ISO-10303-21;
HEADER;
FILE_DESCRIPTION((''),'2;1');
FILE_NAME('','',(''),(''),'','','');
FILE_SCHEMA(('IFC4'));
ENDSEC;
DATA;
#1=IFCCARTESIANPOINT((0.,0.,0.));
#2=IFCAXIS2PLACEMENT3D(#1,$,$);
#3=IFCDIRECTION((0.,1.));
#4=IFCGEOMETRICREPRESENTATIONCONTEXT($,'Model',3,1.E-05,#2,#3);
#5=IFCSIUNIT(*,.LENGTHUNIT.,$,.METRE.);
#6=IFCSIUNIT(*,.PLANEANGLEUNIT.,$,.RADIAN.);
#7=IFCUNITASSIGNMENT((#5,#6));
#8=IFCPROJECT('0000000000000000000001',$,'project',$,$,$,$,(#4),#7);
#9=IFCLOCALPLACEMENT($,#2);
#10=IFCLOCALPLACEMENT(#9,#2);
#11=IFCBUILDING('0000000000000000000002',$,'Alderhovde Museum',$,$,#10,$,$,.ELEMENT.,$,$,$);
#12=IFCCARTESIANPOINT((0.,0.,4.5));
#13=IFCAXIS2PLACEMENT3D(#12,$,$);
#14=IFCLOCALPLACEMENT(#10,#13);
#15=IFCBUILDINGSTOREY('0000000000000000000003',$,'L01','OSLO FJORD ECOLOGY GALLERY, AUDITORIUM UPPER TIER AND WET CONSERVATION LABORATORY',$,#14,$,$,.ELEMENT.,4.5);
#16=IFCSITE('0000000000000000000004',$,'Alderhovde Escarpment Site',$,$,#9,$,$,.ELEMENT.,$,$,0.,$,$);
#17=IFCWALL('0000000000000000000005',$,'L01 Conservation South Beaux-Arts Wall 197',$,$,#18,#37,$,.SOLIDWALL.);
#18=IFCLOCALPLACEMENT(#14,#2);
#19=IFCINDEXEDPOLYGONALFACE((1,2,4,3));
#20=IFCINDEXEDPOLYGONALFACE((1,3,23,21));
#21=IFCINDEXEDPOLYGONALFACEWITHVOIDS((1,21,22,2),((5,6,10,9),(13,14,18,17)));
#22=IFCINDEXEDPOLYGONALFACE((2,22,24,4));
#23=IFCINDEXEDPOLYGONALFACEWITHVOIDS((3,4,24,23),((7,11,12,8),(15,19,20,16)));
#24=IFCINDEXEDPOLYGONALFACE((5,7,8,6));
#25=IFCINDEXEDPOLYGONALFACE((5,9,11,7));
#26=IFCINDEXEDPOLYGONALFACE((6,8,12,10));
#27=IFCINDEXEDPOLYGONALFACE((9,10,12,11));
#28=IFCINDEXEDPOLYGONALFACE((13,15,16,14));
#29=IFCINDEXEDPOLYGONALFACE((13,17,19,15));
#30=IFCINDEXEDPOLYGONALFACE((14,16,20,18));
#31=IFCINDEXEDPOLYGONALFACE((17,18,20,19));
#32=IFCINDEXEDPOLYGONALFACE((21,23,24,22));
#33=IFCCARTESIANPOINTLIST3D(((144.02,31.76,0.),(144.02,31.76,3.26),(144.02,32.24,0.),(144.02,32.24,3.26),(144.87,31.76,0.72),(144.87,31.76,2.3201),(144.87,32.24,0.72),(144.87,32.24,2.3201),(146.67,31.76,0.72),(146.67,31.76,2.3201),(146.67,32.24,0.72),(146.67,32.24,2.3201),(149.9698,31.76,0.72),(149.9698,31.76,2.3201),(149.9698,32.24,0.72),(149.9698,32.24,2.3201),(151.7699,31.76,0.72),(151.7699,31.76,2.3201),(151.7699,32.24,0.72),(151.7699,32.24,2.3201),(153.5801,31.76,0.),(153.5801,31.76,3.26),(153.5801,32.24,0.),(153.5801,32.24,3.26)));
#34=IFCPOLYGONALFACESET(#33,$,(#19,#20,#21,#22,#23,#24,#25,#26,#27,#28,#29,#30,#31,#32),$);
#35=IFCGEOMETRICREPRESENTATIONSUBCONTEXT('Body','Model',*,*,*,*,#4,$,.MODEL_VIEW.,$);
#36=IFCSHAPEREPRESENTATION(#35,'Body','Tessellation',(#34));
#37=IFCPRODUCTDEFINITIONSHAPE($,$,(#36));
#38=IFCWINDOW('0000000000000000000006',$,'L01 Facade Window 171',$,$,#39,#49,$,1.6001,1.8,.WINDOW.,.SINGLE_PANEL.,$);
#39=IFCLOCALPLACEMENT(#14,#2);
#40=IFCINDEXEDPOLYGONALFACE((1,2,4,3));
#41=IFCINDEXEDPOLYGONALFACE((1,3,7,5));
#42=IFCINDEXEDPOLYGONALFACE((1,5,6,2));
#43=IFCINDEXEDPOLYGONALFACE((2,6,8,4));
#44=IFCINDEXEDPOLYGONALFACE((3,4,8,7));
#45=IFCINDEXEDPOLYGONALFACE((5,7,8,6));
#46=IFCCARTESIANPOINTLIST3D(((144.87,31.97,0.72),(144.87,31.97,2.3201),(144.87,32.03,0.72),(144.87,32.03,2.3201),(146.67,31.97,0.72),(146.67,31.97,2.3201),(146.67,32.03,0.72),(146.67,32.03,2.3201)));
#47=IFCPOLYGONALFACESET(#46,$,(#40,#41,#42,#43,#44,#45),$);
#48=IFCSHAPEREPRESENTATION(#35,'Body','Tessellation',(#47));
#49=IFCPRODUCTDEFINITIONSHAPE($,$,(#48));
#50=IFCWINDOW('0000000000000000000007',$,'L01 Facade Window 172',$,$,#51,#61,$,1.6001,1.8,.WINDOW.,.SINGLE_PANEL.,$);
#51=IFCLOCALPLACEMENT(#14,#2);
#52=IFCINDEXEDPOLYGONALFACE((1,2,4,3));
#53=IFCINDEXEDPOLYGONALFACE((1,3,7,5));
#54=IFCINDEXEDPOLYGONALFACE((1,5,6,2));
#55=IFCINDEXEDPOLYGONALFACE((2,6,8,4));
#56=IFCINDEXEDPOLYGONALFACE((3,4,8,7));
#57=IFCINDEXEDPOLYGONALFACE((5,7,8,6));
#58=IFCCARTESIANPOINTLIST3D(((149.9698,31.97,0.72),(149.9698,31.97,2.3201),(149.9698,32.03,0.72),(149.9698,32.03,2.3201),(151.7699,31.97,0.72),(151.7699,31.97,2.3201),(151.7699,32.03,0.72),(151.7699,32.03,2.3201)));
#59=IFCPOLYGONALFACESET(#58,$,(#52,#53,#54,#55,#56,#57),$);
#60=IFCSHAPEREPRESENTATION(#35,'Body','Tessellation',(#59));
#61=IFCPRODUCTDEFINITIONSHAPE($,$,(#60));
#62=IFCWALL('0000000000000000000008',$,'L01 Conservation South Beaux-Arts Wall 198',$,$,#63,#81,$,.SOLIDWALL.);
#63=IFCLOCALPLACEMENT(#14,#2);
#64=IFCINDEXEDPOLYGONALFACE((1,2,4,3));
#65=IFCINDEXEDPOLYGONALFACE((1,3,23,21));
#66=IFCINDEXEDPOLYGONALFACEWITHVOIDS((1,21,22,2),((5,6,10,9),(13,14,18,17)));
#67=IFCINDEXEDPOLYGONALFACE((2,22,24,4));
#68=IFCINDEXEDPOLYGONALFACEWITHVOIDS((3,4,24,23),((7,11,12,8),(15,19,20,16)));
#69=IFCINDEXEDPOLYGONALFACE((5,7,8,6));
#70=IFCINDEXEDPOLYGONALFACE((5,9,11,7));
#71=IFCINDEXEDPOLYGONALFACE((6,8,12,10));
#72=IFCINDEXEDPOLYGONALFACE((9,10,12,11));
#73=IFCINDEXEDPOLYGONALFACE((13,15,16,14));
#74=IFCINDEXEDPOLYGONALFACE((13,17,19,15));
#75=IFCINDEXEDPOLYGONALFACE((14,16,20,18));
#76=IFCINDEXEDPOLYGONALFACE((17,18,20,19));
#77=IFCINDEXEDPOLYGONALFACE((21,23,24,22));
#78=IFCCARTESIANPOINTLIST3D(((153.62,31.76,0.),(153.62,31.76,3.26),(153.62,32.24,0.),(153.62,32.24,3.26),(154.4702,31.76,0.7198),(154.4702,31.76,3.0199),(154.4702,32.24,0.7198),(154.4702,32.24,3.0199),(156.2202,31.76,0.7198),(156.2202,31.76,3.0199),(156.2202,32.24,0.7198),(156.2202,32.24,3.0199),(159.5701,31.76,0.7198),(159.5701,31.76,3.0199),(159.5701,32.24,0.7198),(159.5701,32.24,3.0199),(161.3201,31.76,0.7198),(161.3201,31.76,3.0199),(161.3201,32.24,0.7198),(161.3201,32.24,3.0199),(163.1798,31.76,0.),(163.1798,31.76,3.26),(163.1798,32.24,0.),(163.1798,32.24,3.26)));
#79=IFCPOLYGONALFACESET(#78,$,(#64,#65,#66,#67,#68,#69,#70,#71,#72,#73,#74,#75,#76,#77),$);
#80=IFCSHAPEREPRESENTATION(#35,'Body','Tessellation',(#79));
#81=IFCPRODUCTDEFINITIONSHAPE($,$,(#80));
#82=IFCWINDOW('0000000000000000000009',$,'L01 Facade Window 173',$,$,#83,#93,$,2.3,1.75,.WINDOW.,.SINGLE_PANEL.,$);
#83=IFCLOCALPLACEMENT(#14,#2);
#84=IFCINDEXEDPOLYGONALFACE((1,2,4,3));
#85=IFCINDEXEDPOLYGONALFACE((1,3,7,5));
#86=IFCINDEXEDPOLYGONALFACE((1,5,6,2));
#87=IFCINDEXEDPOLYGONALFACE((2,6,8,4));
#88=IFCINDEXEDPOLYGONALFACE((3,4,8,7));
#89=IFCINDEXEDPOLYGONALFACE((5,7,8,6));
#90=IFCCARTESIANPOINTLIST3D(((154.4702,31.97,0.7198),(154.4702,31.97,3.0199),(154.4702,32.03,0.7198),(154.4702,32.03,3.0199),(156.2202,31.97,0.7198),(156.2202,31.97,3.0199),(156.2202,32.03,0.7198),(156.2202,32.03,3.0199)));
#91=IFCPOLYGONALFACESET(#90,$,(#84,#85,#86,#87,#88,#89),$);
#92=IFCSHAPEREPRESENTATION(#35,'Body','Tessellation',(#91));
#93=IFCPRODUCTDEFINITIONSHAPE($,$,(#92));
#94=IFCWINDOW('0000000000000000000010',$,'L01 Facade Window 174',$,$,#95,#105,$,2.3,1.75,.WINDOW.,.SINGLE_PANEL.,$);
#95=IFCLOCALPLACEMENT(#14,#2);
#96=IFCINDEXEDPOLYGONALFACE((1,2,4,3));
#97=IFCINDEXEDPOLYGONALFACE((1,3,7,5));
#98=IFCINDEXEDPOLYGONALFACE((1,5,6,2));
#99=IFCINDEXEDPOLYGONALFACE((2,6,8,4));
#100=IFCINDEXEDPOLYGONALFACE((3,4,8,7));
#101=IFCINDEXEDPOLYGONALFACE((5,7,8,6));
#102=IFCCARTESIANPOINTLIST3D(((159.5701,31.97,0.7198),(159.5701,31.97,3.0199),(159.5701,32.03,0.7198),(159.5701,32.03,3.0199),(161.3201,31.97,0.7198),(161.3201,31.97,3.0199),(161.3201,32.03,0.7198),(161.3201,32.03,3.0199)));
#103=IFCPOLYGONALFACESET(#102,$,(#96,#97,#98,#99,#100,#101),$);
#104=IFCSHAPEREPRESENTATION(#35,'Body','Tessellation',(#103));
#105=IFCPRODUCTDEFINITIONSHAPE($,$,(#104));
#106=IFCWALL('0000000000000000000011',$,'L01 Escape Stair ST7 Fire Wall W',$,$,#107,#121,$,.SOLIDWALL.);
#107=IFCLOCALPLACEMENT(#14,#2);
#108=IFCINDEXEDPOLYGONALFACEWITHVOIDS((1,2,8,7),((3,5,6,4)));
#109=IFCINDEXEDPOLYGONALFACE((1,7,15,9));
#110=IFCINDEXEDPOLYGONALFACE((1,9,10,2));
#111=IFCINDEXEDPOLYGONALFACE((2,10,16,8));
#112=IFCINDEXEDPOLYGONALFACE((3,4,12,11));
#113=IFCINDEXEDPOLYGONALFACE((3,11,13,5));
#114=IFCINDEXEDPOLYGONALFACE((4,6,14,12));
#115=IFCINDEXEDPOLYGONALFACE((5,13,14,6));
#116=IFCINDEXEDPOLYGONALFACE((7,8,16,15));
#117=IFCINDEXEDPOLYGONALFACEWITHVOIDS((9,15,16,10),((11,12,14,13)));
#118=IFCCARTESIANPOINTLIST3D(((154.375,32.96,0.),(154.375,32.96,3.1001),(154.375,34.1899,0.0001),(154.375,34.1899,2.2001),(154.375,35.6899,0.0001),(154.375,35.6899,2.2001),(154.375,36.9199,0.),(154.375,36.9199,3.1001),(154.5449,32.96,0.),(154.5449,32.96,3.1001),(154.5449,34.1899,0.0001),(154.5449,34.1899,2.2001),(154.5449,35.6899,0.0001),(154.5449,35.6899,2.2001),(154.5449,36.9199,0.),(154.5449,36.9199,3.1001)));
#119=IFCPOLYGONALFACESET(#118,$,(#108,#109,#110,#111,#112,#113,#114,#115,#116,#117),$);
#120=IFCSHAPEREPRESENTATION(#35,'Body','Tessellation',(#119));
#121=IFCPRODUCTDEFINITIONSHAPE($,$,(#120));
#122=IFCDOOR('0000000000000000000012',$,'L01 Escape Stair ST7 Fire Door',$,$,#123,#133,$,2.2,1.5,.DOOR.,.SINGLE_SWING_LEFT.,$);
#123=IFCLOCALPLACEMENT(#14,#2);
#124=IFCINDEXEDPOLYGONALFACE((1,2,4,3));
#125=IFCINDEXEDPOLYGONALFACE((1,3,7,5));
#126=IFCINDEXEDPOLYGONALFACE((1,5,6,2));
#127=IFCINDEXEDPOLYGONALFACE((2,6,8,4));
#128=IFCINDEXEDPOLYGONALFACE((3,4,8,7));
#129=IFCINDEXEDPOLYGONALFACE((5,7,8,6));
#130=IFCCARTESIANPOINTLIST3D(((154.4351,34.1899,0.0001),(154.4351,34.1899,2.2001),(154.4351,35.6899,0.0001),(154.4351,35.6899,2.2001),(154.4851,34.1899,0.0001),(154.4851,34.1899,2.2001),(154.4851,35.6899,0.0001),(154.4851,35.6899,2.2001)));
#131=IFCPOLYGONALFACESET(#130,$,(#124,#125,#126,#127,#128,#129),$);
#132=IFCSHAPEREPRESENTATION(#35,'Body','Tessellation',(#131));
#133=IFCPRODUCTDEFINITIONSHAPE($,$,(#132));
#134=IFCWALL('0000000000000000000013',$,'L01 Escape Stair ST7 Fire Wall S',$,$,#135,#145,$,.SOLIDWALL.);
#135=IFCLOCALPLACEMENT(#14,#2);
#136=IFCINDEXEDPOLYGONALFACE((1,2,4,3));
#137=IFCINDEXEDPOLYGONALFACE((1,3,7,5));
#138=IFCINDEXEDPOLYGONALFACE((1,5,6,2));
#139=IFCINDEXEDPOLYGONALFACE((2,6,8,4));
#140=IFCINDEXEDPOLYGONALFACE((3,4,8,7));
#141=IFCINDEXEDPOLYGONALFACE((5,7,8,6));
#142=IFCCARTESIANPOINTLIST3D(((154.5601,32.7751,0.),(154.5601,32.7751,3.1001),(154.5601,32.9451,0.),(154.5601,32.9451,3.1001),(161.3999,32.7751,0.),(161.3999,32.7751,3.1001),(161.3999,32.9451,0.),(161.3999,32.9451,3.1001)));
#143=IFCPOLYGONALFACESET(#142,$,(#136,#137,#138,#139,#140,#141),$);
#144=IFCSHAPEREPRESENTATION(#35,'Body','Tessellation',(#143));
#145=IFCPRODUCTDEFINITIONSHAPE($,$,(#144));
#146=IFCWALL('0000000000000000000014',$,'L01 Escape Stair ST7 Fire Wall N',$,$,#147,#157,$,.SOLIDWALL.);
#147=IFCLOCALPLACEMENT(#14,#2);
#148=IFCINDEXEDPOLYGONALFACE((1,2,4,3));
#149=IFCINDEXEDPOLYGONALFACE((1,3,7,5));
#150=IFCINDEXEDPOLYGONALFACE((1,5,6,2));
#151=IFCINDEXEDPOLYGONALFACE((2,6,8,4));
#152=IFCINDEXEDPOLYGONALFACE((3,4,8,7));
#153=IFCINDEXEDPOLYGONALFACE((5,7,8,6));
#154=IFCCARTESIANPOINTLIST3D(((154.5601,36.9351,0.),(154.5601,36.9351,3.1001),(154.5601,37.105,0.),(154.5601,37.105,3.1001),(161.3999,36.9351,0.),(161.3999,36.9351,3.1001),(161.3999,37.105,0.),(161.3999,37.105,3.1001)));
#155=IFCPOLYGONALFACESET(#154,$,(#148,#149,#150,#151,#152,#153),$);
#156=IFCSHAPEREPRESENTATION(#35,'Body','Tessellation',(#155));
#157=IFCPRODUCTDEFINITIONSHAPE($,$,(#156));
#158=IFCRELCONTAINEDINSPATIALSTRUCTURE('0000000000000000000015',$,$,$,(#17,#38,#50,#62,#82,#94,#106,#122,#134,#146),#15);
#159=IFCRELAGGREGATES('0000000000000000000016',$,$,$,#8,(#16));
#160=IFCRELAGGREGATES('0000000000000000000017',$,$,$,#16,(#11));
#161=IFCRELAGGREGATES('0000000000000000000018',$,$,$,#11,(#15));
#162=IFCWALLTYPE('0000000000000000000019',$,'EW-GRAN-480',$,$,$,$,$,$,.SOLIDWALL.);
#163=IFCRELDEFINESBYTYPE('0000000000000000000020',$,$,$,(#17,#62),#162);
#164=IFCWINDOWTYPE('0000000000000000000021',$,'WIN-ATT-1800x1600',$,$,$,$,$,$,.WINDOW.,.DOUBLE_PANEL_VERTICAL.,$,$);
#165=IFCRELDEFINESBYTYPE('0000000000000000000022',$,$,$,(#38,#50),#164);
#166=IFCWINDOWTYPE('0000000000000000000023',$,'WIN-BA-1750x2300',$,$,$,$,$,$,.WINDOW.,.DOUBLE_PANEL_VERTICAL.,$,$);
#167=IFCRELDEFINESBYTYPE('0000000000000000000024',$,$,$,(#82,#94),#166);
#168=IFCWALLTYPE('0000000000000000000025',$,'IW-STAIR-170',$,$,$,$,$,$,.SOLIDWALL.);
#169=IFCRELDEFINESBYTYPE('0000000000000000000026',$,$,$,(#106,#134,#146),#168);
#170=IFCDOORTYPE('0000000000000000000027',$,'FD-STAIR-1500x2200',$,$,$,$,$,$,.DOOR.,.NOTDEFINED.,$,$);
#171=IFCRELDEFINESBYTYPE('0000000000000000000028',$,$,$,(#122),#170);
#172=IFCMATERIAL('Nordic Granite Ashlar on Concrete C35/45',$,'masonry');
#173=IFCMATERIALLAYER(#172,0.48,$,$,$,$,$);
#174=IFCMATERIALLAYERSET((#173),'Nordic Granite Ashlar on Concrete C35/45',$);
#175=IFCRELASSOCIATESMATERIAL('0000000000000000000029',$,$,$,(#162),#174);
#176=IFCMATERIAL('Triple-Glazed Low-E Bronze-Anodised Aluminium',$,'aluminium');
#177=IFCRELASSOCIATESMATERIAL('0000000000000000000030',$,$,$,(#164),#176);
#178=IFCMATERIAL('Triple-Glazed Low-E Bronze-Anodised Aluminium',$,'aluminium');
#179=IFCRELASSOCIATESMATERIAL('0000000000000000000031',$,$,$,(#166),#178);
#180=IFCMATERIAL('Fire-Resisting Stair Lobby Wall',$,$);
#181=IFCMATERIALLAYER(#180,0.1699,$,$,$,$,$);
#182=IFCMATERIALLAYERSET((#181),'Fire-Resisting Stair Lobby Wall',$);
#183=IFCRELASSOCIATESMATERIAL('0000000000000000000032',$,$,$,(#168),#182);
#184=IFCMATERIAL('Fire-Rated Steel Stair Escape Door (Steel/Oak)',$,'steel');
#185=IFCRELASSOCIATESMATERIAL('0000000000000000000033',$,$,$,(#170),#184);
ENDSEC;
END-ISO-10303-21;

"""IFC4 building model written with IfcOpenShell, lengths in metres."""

from ifc_helpers import new_model, si_unit, direction, frame, frame_2d, origin, place, context, subcontext, project, spatial, rectangle, extrude, material, layer, layer_set, type_object, element, fill, save


model = new_model("IFC4")

# Units and contexts
model_context = context("Model", 3, precision=1e-05, world=origin(), true_north=direction((0.0, 1.0)))
body_context = subcontext(model_context, "Body", "Model", "MODEL_VIEW")
ifc_project = project(units=[si_unit("LENGTHUNIT", "METRE"), si_unit("PLANEANGLEUNIT", "RADIAN")], contexts=[model_context])

# Site, building, storey
site_placement = place(None, origin())
site = spatial("IfcSite", under=ifc_project, at=site_placement, Name="Alderhovde Escarpment Site", CompositionType="ELEMENT", RefElevation=0.0)
building_placement = place(site_placement, origin())
building = spatial("IfcBuilding", under=site, at=building_placement, Name="Alderhovde Museum", CompositionType="ELEMENT")
storey_placement = place(building_placement, frame((0.0, 0.0, 4.5)))
storey = spatial("IfcBuildingStorey", under=building, at=storey_placement, Name="L01", Description="OSLO FJORD ECOLOGY GALLERY, AUDITORIUM UPPER TIER AND WET CONSERVATION LABORATORY", CompositionType="ELEMENT", Elevation=4.5)

# Walls, openings, windows
ifc_material_1 = material(Name="Nordic Granite Ashlar on Concrete C35/45", Category="masonry")
ifc_layer_1 = layer(ifc_material_1, 0.48)
ifc_layer_set_1 = layer_set([ifc_layer_1], Name="Nordic Granite Ashlar on Concrete C35/45")
wall_type_1 = type_object("IfcWallType", Name="EW-GRAN-480", PredefinedType="SOLIDWALL", material=ifc_layer_set_1)
wall_1_placement = place(storey_placement, frame((144.02, 32.0, 0.0), z_axis=(0.0, 0.0, 1.0), x_axis=(1.0, 0.0, 0.0)))
wall_1 = element("IfcWall", 1, at=wall_1_placement, inside=storey, type_object=wall_type_1, Name="L01 Conservation South Beaux-Arts Wall 197", PredefinedType="SOLIDWALL", context=body_context, shape_type="SweptSolid", body=[
    extrude(rectangle(XDim=9.5601, YDim=0.48, at=frame_2d((4.78, 0.0))), origin(), (0.0, 0.0, 1.0), 3.26),
])
opening_1_placement = place(wall_1_placement, frame((0.8501, 0.0, 0.72)))
opening_1 = element("IfcOpeningElement", 2, at=opening_1_placement, cuts=wall_1, PredefinedType="OPENING", context=body_context, shape_type="SweptSolid", body=[
    extrude(rectangle(XDim=1.8, YDim=1.6001, at=frame_2d((0.8999, 0.8))), frame((0.0, 0.25, 0.0), z_axis=(0.0, -1.0, 0.0), x_axis=(1.0, 0.0, 0.0)), (0.0, 0.0, 1.0), 0.5),
])
opening_2_placement = place(wall_1_placement, frame((5.95, 0.0, 0.72)))
opening_2 = element("IfcOpeningElement", 3, at=opening_2_placement, cuts=wall_1, PredefinedType="OPENING", context=body_context, shape_type="SweptSolid", body=[
    extrude(rectangle(XDim=1.8, YDim=1.6001, at=frame_2d((0.8999, 0.8))), frame((0.0, 0.25, 0.0), z_axis=(0.0, -1.0, 0.0), x_axis=(1.0, 0.0, 0.0)), (0.0, 0.0, 1.0), 0.5),
])
ifc_material_2 = material(Name="Triple-Glazed Low-E Bronze-Anodised Aluminium", Category="aluminium")
window_type_1 = type_object("IfcWindowType", Name="WIN-ATT-1800x1600", PartitioningType="DOUBLE_PANEL_VERTICAL", PredefinedType="WINDOW", material=ifc_material_2)
window_1_placement = place(opening_1_placement, origin())
window_1 = element("IfcWindow", 4, at=window_1_placement, inside=storey, type_object=window_type_1, Name="L01 Facade Window 171", OverallHeight=1.6001, OverallWidth=1.8, PartitioningType="SINGLE_PANEL", PredefinedType="WINDOW", context=body_context, shape_type="SweptSolid", body=[
    extrude(rectangle(XDim=1.8, YDim=1.6001, at=frame_2d((0.8999, 0.8))), frame((0.0, 0.03, 0.0), z_axis=(0.0, -1.0, 0.0), x_axis=(1.0, 0.0, 0.0)), (0.0, 0.0, 1.0), 0.0601),
])
fill(opening_1, window_1)
window_2_placement = place(opening_2_placement, origin())
window_2 = element("IfcWindow", 5, at=window_2_placement, inside=storey, type_object=window_type_1, Name="L01 Facade Window 172", OverallHeight=1.6001, OverallWidth=1.8, PartitioningType="SINGLE_PANEL", PredefinedType="WINDOW", context=body_context, shape_type="SweptSolid", body=[
    extrude(rectangle(XDim=1.8, YDim=1.6001, at=frame_2d((0.8999, 0.8))), frame((0.0, 0.03, 0.0), z_axis=(0.0, -1.0, 0.0), x_axis=(1.0, 0.0, 0.0)), (0.0, 0.0, 1.0), 0.0601),
])
fill(opening_2, window_2)
wall_2_placement = place(storey_placement, frame((153.6201, 32.0, 0.0), z_axis=(0.0, 0.0, 1.0), x_axis=(1.0, 0.0, 0.0)))
wall_2 = element("IfcWall", 6, at=wall_2_placement, inside=storey, type_object=wall_type_1, Name="L01 Conservation South Beaux-Arts Wall 198", PredefinedType="SOLIDWALL", context=body_context, shape_type="SweptSolid", body=[
    extrude(rectangle(XDim=9.5598, YDim=0.48, at=frame_2d((4.7798, 0.0))), origin(), (0.0, 0.0, 1.0), 3.26),
])
opening_3_placement = place(wall_2_placement, frame((0.8501, 0.0, 0.72)))
opening_3 = element("IfcOpeningElement", 7, at=opening_3_placement, cuts=wall_2, PredefinedType="OPENING", context=body_context, shape_type="SweptSolid", body=[
    extrude(rectangle(XDim=1.75, YDim=2.3, at=frame_2d((0.875, 1.1499))), frame((0.0, 0.25, 0.0), z_axis=(0.0, -1.0, 0.0), x_axis=(1.0, 0.0, 0.0)), (0.0, 0.0, 1.0), 0.5),
])
opening_4_placement = place(wall_2_placement, frame((5.95, 0.0, 0.72)))
opening_4 = element("IfcOpeningElement", 8, at=opening_4_placement, cuts=wall_2, PredefinedType="OPENING", context=body_context, shape_type="SweptSolid", body=[
    extrude(rectangle(XDim=1.75, YDim=2.3, at=frame_2d((0.875, 1.1499))), frame((0.0, 0.25, 0.0), z_axis=(0.0, -1.0, 0.0), x_axis=(1.0, 0.0, 0.0)), (0.0, 0.0, 1.0), 0.5),
])
ifc_material_3 = material(Name="Triple-Glazed Low-E Bronze-Anodised Aluminium", Category="aluminium")
window_type_2 = type_object("IfcWindowType", Name="WIN-BA-1750x2300", PartitioningType="DOUBLE_PANEL_VERTICAL", PredefinedType="WINDOW", material=ifc_material_3)
window_3_placement = place(opening_3_placement, origin())
window_3 = element("IfcWindow", 9, at=window_3_placement, inside=storey, type_object=window_type_2, Name="L01 Facade Window 173", OverallHeight=2.3, OverallWidth=1.75, PartitioningType="SINGLE_PANEL", PredefinedType="WINDOW", context=body_context, shape_type="SweptSolid", body=[
    extrude(rectangle(XDim=1.75, YDim=2.3, at=frame_2d((0.875, 1.1499))), frame((0.0, 0.03, 0.0), z_axis=(0.0, -1.0, 0.0), x_axis=(1.0, 0.0, 0.0)), (0.0, 0.0, 1.0), 0.0601),
])
fill(opening_3, window_3)
window_4_placement = place(opening_4_placement, origin())
window_4 = element("IfcWindow", 10, at=window_4_placement, inside=storey, type_object=window_type_2, Name="L01 Facade Window 174", OverallHeight=2.3, OverallWidth=1.75, PartitioningType="SINGLE_PANEL", PredefinedType="WINDOW", context=body_context, shape_type="SweptSolid", body=[
    extrude(rectangle(XDim=1.75, YDim=2.3, at=frame_2d((0.875, 1.1499))), frame((0.0, 0.03, 0.0), z_axis=(0.0, -1.0, 0.0), x_axis=(1.0, 0.0, 0.0)), (0.0, 0.0, 1.0), 0.0601),
])
fill(opening_4, window_4)

# Wall, opening, door
ifc_material_4 = material(Name="Fire-Resisting Stair Lobby Wall")
ifc_layer_2 = layer(ifc_material_4, 0.1699)
ifc_layer_set_2 = layer_set([ifc_layer_2], Name="Fire-Resisting Stair Lobby Wall")
wall_type_2 = type_object("IfcWallType", Name="IW-STAIR-170", PredefinedType="SOLIDWALL", material=ifc_layer_set_2)
wall_3_placement = place(storey_placement, frame((154.46, 32.96, 0.0), z_axis=(0.0, 0.0, 1.0), x_axis=(0.0, 1.0, 0.0)))
wall_3 = element("IfcWall", 11, at=wall_3_placement, inside=storey, type_object=wall_type_2, Name="L01 Escape Stair ST7 Fire Wall W", PredefinedType="SOLIDWALL", context=body_context, shape_type="SweptSolid", body=[
    extrude(rectangle(XDim=3.96, YDim=0.1699, at=frame_2d((1.98, 0.0))), origin(), (0.0, 0.0, 1.0), 3.1001),
])
opening_5_placement = place(wall_3_placement, frame((1.23, 0.0, 0.0)))
opening_5 = element("IfcOpeningElement", 12, at=opening_5_placement, cuts=wall_3, PredefinedType="OPENING", context=body_context, shape_type="SweptSolid", body=[
    extrude(rectangle(XDim=1.5, YDim=2.2, at=frame_2d((0.75, 1.1001))), frame((0.0, 0.095, 0.0), z_axis=(0.0, -1.0, 0.0), x_axis=(1.0, 0.0, 0.0)), (0.0, 0.0, 1.0), 0.1899),
])
ifc_material_5 = material(Name="Fire-Rated Steel Stair Escape Door (Steel/Oak)", Category="steel")
door_type = type_object("IfcDoorType", Name="FD-STAIR-1500x2200", OperationType="NOTDEFINED", PredefinedType="DOOR", material=ifc_material_5)
door_placement = place(opening_5_placement, origin())
door = element("IfcDoor", 13, at=door_placement, inside=storey, type_object=door_type, Name="L01 Escape Stair ST7 Fire Door", OperationType="SINGLE_SWING_LEFT", OverallHeight=2.2, OverallWidth=1.5, PredefinedType="DOOR", context=body_context, shape_type="SweptSolid", body=[
    extrude(rectangle(XDim=1.5, YDim=2.2, at=frame_2d((0.75, 1.1001))), frame((0.0, 0.0249, 0.0), z_axis=(0.0, -1.0, 0.0), x_axis=(1.0, 0.0, 0.0)), (0.0, 0.0, 1.0), 0.05),
])
fill(opening_5, door)

# Walls
for number, where, z_axis, x_axis, name in (
    (14, (154.5601, 32.8601, 0.0), (0.0, 0.0, 1.0), (1.0, 0.0, 0.0), "L01 Escape Stair ST7 Fire Wall S"),
    (15, (154.5601, 37.02, 0.0), (0.0, 0.0, 1.0), (1.0, 0.0, 0.0), "L01 Escape Stair ST7 Fire Wall N"),
):
    element("IfcWall", number, at=place(storey_placement, frame(where, z_axis=z_axis, x_axis=x_axis)), inside=storey, type_object=wall_type_2, Name=name, PredefinedType="SOLIDWALL", context=body_context, shape_type="SweptSolid", body=[
        extrude(rectangle(XDim=6.8398, YDim=0.1699, at=frame_2d((3.4199, 0.0))), origin(), (0.0, 0.0, 1.0), 3.1001),
    ])

save(model, "model.ifc")
